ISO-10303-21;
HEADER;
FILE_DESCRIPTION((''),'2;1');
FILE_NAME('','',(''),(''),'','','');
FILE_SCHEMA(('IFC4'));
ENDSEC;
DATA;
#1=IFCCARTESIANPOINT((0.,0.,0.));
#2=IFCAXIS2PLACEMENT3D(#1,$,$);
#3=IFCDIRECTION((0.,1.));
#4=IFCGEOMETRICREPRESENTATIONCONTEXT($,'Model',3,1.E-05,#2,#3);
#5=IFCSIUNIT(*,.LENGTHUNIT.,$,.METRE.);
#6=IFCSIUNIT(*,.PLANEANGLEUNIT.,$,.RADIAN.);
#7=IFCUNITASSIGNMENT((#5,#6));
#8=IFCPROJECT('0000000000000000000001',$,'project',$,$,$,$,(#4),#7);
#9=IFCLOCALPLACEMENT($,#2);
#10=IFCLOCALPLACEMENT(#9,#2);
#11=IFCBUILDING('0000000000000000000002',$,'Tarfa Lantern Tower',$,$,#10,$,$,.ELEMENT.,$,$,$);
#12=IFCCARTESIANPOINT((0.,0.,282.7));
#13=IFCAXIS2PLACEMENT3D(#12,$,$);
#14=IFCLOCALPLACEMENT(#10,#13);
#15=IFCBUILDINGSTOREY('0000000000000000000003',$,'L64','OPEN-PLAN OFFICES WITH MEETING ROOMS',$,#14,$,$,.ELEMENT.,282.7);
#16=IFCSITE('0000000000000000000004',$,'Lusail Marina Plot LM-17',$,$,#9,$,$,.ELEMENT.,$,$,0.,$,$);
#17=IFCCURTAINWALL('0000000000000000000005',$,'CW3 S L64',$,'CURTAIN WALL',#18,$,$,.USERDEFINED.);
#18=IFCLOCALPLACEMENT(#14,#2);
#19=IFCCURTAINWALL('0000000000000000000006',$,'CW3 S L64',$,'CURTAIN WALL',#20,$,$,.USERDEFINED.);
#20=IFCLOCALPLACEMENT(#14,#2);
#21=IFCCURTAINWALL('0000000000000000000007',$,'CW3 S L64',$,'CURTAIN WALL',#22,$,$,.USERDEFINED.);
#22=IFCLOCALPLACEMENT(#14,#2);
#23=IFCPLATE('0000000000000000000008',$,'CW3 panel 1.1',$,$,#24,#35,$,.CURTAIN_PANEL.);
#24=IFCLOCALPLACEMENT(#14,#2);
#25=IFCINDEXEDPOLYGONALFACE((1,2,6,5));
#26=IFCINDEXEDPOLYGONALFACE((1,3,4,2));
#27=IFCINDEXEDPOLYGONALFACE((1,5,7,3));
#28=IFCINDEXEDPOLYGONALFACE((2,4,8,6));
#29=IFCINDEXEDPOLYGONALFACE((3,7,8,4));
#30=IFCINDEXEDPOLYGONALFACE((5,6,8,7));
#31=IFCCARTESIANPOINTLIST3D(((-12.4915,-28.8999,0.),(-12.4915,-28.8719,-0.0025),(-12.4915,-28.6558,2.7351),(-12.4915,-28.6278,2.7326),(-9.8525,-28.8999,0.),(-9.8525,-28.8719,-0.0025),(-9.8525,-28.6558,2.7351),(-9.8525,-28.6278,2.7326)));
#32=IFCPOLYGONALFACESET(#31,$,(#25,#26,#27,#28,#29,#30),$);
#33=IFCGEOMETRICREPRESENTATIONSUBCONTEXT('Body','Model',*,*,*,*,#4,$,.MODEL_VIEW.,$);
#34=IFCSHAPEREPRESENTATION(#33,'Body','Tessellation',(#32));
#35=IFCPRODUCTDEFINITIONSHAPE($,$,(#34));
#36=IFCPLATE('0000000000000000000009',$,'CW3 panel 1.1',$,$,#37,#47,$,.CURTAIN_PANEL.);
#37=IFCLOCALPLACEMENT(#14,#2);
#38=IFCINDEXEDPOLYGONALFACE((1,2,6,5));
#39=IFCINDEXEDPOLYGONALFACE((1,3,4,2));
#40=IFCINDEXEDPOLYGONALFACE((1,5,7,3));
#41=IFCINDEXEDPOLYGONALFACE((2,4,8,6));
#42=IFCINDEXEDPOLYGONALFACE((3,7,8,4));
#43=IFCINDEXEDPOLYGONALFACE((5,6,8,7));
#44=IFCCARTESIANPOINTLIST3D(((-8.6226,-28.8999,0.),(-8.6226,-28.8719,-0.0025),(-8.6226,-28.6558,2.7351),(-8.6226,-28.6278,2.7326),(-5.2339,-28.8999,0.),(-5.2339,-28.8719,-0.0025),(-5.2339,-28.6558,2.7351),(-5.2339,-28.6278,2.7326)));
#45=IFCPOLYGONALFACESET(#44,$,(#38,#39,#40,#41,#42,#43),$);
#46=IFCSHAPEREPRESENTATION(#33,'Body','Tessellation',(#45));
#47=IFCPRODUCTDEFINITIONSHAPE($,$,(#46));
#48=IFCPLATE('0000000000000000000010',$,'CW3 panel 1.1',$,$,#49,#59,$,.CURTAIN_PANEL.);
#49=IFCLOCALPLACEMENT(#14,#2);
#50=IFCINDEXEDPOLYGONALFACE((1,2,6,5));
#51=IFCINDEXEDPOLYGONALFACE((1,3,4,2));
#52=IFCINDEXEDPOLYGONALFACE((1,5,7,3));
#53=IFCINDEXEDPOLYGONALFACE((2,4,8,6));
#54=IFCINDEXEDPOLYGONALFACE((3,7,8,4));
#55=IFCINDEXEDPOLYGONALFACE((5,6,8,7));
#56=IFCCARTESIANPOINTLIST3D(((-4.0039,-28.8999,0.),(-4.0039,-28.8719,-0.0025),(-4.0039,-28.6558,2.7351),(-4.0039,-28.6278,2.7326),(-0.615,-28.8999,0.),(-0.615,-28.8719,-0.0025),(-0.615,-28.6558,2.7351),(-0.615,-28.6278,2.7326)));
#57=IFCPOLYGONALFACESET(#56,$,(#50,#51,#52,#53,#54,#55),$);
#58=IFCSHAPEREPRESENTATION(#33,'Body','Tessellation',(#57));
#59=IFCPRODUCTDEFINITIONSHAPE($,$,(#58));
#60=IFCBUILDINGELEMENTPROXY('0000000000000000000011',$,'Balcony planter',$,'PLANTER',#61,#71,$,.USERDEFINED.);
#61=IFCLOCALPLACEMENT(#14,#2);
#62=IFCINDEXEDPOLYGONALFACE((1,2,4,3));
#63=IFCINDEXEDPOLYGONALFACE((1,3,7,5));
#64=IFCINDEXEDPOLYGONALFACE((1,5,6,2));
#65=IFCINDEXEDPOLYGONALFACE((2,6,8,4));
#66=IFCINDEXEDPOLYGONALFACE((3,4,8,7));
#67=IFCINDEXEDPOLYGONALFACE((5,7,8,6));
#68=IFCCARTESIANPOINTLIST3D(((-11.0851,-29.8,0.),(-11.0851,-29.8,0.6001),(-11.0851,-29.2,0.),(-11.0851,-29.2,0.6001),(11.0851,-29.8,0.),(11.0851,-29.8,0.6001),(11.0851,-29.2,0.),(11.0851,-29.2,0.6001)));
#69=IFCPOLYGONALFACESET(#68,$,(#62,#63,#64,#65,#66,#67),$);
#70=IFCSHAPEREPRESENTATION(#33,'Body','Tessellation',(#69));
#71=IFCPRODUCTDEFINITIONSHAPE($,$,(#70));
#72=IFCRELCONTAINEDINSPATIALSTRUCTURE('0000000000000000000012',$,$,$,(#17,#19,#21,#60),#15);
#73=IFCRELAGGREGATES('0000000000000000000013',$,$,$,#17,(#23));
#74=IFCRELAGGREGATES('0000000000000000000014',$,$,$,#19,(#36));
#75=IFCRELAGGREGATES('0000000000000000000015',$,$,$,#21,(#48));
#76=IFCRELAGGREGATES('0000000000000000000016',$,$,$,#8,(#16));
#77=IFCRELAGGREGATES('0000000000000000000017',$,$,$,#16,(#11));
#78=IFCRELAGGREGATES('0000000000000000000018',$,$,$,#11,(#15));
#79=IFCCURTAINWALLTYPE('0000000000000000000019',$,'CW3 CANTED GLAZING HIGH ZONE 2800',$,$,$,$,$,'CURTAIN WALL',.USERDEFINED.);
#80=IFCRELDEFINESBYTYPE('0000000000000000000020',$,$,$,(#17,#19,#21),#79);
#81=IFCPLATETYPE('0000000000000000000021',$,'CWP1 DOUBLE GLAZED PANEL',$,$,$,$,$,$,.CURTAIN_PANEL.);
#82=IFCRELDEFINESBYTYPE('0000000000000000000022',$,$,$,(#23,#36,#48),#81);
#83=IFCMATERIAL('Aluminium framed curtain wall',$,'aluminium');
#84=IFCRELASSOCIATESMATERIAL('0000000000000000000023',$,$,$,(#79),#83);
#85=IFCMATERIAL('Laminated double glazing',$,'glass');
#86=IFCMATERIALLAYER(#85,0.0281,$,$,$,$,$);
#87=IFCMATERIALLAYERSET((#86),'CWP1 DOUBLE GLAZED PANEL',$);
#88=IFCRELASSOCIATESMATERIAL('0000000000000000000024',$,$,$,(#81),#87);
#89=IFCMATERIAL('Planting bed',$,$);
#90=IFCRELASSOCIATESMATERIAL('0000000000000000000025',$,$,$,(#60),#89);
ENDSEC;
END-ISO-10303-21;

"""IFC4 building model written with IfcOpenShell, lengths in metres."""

from ifc_helpers import new_model, si_unit, direction, frame, origin, origin_2d, place, context, subcontext, project, spatial, polyline, rectangle, outline, extrude, material, layer, layer_set, type_object, element, aggregate, save


model = new_model("IFC4")

# Units and contexts
model_context = context("Model", 3, precision=1e-05, world=origin(), true_north=direction((0.0, 1.0)))
body_context = subcontext(model_context, "Body", "Model", "MODEL_VIEW")
ifc_project = project(units=[si_unit("LENGTHUNIT", "METRE"), si_unit("PLANEANGLEUNIT", "RADIAN")], contexts=[model_context])

# Site, building, storey
site_placement = place(None, origin())
site = spatial("IfcSite", under=ifc_project, at=site_placement, Name="Lusail Marina Plot LM-17", CompositionType="ELEMENT", RefElevation=0.0)
building_placement = place(site_placement, origin())
building = spatial("IfcBuilding", under=site, at=building_placement, Name="Tarfa Lantern Tower", CompositionType="ELEMENT")
storey_placement = place(building_placement, frame((0.0, 0.0, 282.7)))
storey = spatial("IfcBuildingStorey", under=building, at=storey_placement, Name="L64", Description="OPEN-PLAN OFFICES WITH MEETING ROOMS", CompositionType="ELEMENT", Elevation=282.7)

# Curtain walls
ifc_material_1 = material(Name="Aluminium framed curtain wall", Category="aluminium")
curtain_wall_type = type_object("IfcCurtainWallType", Name="CW3 CANTED GLAZING HIGH ZONE 2800", ElementType="CURTAIN WALL", PredefinedType="USERDEFINED", material=ifc_material_1)
curtain_wall_1_placement = place(storey_placement, origin())
curtain_wall_1 = element("IfcCurtainWall", 1, at=curtain_wall_1_placement, inside=storey, type_object=curtain_wall_type, Name="CW3 S L64", ObjectType="CURTAIN WALL", PredefinedType="USERDEFINED")
curtain_wall_2_placement = place(storey_placement, origin())
curtain_wall_2 = element("IfcCurtainWall", 2, at=curtain_wall_2_placement, inside=storey, type_object=curtain_wall_type, Name="CW3 S L64", ObjectType="CURTAIN WALL", PredefinedType="USERDEFINED")
curtain_wall_3_placement = place(storey_placement, origin())
curtain_wall_3 = element("IfcCurtainWall", 3, at=curtain_wall_3_placement, inside=storey, type_object=curtain_wall_type, Name="CW3 S L64", ObjectType="CURTAIN WALL", PredefinedType="USERDEFINED")

# Plates
ifc_material_2 = material(Name="Laminated double glazing", Category="glass")
ifc_layer = layer(ifc_material_2, 0.0281)
ifc_layer_set = layer_set([ifc_layer], Name="CWP1 DOUBLE GLAZED PANEL")
plate_type = type_object("IfcPlateType", Name="CWP1 DOUBLE GLAZED PANEL", PredefinedType="CURTAIN_PANEL", material=ifc_layer_set)
plate_1_placement = place(storey_placement, frame((-12.4915, -28.8999, 0.0), z_axis=(0.0, -0.99604, 0.088908), x_axis=(1.0, 0.0, 0.0)))
plate_1 = element("IfcPlate", 4, at=plate_1_placement, type_object=plate_type, Name="CW3 panel 1.1", PredefinedType="CURTAIN_PANEL", context=body_context, shape_type="SweptSolid", body=[
    extrude(outline(polyline([(0.0, 0.0), (2.6389, 0.0), (2.6389, 2.746), (0.0, 2.746), (0.0, 0.0)])), origin(), (0.0, 0.0, -1.0), 0.0281),
])
aggregate(curtain_wall_1, [plate_1])
plate_2_placement = place(storey_placement, frame((-8.6226, -28.8999, 0.0), z_axis=(0.0, -0.99604, 0.088908), x_axis=(1.0, 0.0, 0.0)))
plate_2 = element("IfcPlate", 5, at=plate_2_placement, type_object=plate_type, Name="CW3 panel 1.1", PredefinedType="CURTAIN_PANEL", context=body_context, shape_type="SweptSolid", body=[
    extrude(outline(polyline([(0.0, 0.0), (3.3887, 0.0), (3.3887, 2.746), (0.0, 2.746), (0.0, 0.0)])), origin(), (0.0, 0.0, -1.0), 0.0281),
])
aggregate(curtain_wall_2, [plate_2])
plate_3_placement = place(storey_placement, frame((-4.0039, -28.8999, 0.0), z_axis=(0.0, -0.99604, 0.088908), x_axis=(1.0, 0.0, 0.0)))
plate_3 = element("IfcPlate", 6, at=plate_3_placement, type_object=plate_type, Name="CW3 panel 1.1", PredefinedType="CURTAIN_PANEL", context=body_context, shape_type="SweptSolid", body=[
    extrude(outline(polyline([(0.0, 0.0), (3.3889, 0.0), (3.3889, 2.746), (0.0, 2.746), (0.0, 0.0)])), origin(), (0.0, 0.0, -1.0), 0.0281),
])
aggregate(curtain_wall_3, [plate_3])

# Building element proxy
ifc_material_3 = material(Name="Planting bed")
proxy_placement = place(storey_placement, frame((0.0, -29.5, 0.0), z_axis=(0.0, 0.0, 1.0), x_axis=(1.0, 0.0, 0.0)))
element("IfcBuildingElementProxy", 7, at=proxy_placement, inside=storey, material=ifc_material_3, Name="Balcony planter", ObjectType="PLANTER", PredefinedType="USERDEFINED", context=body_context, shape_type="SweptSolid", body=[
    extrude(rectangle(XDim=22.1702, YDim=0.6001, at=origin_2d()), origin(), (0.0, 0.0, 1.0), 0.6001),
])

save(model, "model.ifc")
